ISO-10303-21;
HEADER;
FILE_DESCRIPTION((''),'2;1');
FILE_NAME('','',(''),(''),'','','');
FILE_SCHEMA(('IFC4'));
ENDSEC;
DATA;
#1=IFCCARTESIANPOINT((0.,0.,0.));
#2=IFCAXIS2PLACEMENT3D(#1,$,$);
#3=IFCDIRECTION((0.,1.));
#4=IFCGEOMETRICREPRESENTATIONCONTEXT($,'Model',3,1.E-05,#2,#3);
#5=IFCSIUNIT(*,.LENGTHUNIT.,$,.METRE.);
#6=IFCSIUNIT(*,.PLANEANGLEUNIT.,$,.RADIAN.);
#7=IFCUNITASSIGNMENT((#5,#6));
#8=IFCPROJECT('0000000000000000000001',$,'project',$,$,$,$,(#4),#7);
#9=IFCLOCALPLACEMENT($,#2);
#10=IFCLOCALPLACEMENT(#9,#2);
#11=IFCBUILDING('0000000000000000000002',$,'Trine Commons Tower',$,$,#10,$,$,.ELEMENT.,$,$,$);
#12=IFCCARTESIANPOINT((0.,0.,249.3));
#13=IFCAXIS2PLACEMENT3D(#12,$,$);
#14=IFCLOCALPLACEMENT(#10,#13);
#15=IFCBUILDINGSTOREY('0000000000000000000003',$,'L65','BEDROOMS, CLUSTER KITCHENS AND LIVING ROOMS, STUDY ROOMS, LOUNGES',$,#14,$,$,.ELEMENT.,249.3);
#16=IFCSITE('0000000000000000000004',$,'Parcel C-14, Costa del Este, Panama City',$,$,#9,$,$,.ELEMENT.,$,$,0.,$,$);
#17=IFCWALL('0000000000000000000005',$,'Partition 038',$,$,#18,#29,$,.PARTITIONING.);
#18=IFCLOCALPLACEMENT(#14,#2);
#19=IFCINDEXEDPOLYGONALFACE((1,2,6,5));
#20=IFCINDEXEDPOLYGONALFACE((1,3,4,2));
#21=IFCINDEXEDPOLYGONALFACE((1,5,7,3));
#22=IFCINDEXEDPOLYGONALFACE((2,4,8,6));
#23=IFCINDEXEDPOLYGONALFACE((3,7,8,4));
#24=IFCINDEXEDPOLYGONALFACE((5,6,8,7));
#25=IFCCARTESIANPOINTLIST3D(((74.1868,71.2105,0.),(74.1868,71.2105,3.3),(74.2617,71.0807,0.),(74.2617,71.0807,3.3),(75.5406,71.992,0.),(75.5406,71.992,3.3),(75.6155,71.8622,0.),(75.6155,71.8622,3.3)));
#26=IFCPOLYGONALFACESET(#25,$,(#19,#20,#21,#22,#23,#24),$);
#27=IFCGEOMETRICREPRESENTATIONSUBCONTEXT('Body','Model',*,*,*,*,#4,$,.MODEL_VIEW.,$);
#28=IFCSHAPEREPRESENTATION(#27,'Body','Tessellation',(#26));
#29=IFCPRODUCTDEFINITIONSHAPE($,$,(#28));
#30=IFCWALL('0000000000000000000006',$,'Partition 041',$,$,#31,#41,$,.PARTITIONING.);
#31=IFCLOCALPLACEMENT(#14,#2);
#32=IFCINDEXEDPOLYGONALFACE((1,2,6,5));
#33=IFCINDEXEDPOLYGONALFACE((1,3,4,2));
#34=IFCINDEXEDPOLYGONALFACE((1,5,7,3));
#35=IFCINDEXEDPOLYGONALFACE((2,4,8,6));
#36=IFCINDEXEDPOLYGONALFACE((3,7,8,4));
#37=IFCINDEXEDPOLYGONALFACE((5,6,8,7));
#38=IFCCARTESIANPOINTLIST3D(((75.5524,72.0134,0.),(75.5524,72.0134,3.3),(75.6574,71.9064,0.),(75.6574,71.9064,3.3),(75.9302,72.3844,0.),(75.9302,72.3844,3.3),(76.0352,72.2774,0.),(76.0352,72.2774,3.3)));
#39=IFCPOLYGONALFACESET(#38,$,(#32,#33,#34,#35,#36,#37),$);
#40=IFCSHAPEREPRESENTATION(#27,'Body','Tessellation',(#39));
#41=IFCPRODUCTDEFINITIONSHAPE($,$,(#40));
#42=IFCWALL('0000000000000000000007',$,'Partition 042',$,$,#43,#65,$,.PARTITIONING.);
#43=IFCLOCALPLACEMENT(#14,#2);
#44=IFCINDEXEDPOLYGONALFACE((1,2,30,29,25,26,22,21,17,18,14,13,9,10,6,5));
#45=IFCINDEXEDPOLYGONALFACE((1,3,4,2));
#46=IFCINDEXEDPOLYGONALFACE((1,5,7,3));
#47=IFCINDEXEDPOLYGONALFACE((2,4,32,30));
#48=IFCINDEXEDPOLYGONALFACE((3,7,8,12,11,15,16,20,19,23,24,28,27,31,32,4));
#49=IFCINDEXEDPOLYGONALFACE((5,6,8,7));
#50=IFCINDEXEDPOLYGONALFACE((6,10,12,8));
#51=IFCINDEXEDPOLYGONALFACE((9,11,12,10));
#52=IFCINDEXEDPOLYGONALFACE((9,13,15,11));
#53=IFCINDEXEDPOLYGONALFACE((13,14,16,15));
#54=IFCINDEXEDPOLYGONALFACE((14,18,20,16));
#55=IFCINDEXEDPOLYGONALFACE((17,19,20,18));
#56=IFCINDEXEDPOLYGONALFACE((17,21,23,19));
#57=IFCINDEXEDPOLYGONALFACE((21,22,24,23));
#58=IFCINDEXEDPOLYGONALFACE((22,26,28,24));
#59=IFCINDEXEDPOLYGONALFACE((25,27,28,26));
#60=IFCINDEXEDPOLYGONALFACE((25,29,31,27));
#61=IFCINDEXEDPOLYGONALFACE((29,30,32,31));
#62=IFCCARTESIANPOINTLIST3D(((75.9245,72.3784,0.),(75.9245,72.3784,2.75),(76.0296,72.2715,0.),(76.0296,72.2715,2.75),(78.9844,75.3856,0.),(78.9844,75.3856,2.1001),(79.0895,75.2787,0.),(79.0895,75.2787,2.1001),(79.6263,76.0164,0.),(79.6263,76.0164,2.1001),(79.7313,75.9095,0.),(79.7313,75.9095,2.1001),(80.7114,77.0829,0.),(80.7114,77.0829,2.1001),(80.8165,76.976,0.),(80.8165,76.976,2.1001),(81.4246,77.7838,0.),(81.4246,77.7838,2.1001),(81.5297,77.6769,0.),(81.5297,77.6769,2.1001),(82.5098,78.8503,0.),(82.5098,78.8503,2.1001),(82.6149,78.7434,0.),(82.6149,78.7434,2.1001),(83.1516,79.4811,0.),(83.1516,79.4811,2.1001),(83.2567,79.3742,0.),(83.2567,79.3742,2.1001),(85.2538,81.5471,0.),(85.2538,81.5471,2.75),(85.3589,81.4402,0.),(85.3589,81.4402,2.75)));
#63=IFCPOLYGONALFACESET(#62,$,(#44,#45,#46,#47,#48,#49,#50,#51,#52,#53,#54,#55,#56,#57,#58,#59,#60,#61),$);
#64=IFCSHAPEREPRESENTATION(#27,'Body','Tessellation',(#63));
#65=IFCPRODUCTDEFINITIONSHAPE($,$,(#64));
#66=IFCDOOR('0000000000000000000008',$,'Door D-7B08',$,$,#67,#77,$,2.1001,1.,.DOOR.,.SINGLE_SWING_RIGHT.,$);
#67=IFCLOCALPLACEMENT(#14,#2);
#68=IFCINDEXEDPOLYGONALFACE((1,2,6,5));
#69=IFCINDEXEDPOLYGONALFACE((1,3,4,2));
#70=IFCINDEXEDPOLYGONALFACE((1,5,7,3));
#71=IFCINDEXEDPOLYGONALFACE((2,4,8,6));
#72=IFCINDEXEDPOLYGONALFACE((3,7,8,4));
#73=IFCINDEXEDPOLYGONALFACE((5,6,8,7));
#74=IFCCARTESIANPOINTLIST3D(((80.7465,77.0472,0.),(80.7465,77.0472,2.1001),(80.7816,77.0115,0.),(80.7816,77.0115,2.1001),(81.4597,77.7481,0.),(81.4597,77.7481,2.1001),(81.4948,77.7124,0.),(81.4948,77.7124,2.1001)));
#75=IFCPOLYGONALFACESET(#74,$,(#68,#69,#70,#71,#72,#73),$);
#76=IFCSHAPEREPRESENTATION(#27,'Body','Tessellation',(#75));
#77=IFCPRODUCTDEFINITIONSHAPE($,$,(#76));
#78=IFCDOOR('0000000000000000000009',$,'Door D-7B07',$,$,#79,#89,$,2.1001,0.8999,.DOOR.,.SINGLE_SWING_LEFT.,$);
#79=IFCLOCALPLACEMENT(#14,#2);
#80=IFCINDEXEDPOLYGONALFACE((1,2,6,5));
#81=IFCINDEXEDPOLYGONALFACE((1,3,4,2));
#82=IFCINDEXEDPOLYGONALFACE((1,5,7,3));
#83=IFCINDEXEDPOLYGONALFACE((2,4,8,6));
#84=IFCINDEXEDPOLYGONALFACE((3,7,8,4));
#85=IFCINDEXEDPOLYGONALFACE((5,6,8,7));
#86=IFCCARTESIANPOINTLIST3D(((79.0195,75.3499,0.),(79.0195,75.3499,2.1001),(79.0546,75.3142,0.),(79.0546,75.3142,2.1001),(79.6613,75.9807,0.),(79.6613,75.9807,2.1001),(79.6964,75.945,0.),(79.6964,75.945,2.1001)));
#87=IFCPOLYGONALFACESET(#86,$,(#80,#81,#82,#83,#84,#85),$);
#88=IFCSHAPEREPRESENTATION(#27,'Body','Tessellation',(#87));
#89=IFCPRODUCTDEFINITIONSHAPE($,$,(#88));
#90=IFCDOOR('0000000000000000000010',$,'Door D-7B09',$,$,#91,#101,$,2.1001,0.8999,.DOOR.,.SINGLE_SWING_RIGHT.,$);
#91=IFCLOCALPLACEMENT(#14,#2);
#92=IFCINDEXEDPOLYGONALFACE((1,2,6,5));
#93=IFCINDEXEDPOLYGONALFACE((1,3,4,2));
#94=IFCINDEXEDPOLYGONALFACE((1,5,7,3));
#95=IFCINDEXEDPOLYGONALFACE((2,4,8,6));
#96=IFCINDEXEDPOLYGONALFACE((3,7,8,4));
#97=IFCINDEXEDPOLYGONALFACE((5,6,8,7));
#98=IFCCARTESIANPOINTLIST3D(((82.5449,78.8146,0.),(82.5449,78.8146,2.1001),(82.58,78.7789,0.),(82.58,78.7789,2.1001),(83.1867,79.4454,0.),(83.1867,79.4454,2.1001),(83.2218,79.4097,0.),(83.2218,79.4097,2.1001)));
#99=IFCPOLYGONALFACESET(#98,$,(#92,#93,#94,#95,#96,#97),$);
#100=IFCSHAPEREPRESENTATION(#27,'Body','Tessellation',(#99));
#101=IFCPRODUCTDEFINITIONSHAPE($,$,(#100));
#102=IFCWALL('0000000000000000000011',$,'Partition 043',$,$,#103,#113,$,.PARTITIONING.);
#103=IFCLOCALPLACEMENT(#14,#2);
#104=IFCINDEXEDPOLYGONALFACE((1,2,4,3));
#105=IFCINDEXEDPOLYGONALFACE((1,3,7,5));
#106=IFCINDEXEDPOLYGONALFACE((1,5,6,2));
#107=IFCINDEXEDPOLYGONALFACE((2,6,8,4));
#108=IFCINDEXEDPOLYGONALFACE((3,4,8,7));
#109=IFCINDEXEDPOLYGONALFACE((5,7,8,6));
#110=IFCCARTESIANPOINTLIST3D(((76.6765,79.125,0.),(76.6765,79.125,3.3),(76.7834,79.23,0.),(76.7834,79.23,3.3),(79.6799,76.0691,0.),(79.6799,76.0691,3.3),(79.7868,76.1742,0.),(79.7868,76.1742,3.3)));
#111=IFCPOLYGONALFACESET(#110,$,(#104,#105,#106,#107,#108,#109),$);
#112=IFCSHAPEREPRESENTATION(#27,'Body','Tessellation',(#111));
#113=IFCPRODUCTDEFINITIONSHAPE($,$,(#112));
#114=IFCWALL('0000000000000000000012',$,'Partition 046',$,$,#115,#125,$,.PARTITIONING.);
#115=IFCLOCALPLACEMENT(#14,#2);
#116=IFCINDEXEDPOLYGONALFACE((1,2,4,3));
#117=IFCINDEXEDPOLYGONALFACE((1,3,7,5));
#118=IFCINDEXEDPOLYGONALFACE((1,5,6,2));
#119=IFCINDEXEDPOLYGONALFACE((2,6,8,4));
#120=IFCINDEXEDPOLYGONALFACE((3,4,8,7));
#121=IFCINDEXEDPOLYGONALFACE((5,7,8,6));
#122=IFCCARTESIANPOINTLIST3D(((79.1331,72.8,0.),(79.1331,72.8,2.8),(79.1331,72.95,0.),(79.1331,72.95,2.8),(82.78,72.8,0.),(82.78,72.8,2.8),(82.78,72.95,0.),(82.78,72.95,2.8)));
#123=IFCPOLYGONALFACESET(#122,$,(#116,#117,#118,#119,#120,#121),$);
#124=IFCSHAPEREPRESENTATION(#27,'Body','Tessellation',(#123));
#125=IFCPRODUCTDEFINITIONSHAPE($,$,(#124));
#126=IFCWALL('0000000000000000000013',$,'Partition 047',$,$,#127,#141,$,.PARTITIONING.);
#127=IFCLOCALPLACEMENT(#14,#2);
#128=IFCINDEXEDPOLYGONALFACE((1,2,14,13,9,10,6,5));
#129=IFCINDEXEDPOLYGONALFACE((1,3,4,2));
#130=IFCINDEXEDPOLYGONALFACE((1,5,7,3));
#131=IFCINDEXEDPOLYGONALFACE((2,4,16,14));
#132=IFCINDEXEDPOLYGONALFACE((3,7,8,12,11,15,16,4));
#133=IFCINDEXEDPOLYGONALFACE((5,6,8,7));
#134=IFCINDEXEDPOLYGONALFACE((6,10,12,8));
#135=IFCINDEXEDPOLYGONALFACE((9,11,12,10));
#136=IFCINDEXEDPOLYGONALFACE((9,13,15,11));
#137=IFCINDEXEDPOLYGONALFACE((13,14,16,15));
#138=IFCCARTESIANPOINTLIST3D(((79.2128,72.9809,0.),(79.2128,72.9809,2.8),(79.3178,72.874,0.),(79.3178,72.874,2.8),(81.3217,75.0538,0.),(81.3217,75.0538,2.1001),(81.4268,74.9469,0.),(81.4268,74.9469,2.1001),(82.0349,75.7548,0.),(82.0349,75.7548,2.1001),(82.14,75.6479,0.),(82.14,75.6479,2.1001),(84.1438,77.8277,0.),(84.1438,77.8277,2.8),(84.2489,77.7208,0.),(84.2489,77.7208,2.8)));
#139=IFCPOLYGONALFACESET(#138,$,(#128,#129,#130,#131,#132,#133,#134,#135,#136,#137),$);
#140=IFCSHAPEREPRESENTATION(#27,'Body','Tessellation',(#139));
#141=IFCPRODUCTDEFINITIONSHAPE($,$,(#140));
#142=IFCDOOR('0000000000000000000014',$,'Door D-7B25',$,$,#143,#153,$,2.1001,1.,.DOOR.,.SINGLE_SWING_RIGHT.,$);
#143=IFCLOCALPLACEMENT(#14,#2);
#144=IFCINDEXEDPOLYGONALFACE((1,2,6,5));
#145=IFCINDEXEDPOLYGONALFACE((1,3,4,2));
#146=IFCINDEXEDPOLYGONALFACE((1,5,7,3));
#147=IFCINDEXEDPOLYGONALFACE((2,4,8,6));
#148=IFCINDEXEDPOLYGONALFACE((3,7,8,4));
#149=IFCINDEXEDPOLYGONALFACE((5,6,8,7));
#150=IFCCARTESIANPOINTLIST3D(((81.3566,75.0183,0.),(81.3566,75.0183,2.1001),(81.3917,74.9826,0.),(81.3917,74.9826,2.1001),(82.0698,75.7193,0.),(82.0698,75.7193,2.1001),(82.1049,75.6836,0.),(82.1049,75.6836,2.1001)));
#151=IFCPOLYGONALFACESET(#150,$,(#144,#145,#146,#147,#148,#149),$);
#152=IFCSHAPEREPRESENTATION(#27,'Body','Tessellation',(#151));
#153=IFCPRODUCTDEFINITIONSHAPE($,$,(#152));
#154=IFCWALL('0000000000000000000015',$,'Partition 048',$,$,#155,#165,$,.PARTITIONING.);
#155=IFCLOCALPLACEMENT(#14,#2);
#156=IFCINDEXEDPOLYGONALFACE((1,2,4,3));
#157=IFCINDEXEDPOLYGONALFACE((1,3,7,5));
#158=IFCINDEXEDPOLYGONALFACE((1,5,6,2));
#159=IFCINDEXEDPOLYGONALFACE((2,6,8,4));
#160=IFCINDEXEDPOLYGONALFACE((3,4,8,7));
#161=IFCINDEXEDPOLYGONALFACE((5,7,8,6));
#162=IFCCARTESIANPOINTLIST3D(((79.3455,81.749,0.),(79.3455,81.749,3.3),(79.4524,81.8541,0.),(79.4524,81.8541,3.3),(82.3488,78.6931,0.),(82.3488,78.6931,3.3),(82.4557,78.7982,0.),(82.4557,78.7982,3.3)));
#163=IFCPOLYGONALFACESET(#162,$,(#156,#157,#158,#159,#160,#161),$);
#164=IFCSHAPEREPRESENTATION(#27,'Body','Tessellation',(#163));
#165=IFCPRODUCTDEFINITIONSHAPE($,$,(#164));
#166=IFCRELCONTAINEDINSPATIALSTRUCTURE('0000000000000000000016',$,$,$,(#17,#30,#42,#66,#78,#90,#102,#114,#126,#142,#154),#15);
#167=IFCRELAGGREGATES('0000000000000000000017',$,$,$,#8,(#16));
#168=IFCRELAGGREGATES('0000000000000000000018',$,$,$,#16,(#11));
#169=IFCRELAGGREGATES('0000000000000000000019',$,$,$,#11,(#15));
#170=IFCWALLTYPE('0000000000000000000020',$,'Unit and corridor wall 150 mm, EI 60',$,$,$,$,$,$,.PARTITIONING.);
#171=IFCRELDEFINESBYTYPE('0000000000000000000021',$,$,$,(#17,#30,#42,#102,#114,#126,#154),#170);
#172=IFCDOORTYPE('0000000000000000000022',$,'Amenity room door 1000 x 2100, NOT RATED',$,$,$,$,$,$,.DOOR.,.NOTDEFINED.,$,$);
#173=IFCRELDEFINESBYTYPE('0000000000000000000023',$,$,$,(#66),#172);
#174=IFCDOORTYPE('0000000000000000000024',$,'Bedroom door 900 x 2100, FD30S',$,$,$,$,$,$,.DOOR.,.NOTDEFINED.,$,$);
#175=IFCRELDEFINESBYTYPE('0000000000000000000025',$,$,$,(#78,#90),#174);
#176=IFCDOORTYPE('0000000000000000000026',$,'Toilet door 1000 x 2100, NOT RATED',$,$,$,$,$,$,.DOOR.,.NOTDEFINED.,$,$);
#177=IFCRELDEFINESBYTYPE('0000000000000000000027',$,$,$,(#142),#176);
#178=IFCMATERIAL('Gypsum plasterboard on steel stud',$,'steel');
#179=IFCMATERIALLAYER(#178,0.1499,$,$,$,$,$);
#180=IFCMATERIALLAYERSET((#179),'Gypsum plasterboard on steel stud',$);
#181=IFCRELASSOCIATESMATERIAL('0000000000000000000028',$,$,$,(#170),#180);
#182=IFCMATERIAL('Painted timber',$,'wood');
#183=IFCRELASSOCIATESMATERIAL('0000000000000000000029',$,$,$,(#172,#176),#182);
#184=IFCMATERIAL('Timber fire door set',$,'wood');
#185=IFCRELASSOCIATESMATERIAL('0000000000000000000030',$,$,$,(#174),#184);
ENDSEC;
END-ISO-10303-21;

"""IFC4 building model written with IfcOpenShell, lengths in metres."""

from ifc_helpers import new_model, si_unit, direction, frame, frame_2d, origin, place, context, subcontext, project, spatial, rectangle, extrude, material, layer, layer_set, type_object, element, fill, save


model = new_model("IFC4")

# Units and contexts
model_context = context("Model", 3, precision=1e-05, world=origin(), true_north=direction((0.0, 1.0)))
body_context = subcontext(model_context, "Body", "Model", "MODEL_VIEW")
ifc_project = project(units=[si_unit("LENGTHUNIT", "METRE"), si_unit("PLANEANGLEUNIT", "RADIAN")], contexts=[model_context])

# Site, building, storey
site_placement = place(None, origin())
site = spatial("IfcSite", under=ifc_project, at=site_placement, Name="Parcel C-14, Costa del Este, Panama City", CompositionType="ELEMENT", RefElevation=0.0)
building_placement = place(site_placement, origin())
building = spatial("IfcBuilding", under=site, at=building_placement, Name="Trine Commons Tower", CompositionType="ELEMENT")
storey_placement = place(building_placement, frame((0.0, 0.0, 249.3)))
storey = spatial("IfcBuildingStorey", under=building, at=storey_placement, Name="L65", Description="BEDROOMS, CLUSTER KITCHENS AND LIVING ROOMS, STUDY ROOMS, LOUNGES", CompositionType="ELEMENT", Elevation=249.3)

# Walls
ifc_material_1 = material(Name="Gypsum plasterboard on steel stud", Category="steel")
ifc_layer_1 = layer(ifc_material_1, 0.1499)
ifc_layer_set_1 = layer_set([ifc_layer_1], Name="Gypsum plasterboard on steel stud")
wall_type_1 = type_object("IfcWallType", Name="Unit and corridor wall 150 mm, EI 60", PredefinedType="PARTITIONING", material=ifc_layer_set_1)
wall_1_placement = place(storey_placement, frame((74.2241, 71.1455, 0.0), z_axis=(0.0, 0.0, 1.0), x_axis=(0.866053, 0.499952, 0.0)))
element("IfcWall", 1, at=wall_1_placement, inside=storey, type_object=wall_type_1, Name="Partition 038", PredefinedType="PARTITIONING", context=body_context, shape_type="SweptSolid", body=[
    extrude(rectangle(XDim=1.5632, YDim=0.1499, at=frame_2d((0.7817, 0.0))), origin(), (0.0, 0.0, 1.0), 3.3),
])
wall_2_placement = place(storey_placement, frame((75.605, 71.96, 0.0), z_axis=(0.0, 0.0, 1.0), x_axis=(0.71353, 0.700624, 0.0)))
element("IfcWall", 2, at=wall_2_placement, inside=storey, type_object=wall_type_1, Name="Partition 041", PredefinedType="PARTITIONING", context=body_context, shape_type="SweptSolid", body=[
    extrude(rectangle(XDim=0.5295, YDim=0.1499, at=frame_2d((0.2646, 0.0))), origin(), (0.0, 0.0, 1.0), 3.3),
])

# Wall, openings, doors
wall_3_placement = place(storey_placement, frame((75.9771, 72.325, 0.0), z_axis=(0.0, 0.0, 1.0), x_axis=(0.713221, 0.70094, 0.0)))
wall_3 = element("IfcWall", 3, at=wall_3_placement, inside=storey, type_object=wall_type_1, Name="Partition 042", PredefinedType="PARTITIONING", context=body_context, shape_type="SweptSolid", body=[
    extrude(rectangle(XDim=13.0806, YDim=0.1499, at=frame_2d((6.5403, 0.0))), origin(), (0.0, 0.0, 1.0), 2.75),
])
opening_1_placement = place(wall_3_placement, frame((4.2903, 0.0, 0.0)))
opening_1 = element("IfcOpeningElement", 4, at=opening_1_placement, cuts=wall_3, PredefinedType="OPENING", context=body_context, shape_type="SweptSolid", body=[
    extrude(rectangle(XDim=0.8999, YDim=2.1001, at=frame_2d((0.45, 1.05))), frame((0.0, 0.085, 0.0), z_axis=(0.0, -1.0, 0.0), x_axis=(1.0, 0.0, 0.0)), (0.0, 0.0, 1.0), 0.1699),
])
opening_2_placement = place(wall_3_placement, frame((6.7117, 0.0, 0.0)))
opening_2 = element("IfcOpeningElement", 5, at=opening_2_placement, cuts=wall_3, PredefinedType="OPENING", context=body_context, shape_type="SweptSolid", body=[
    extrude(rectangle(XDim=1.0, YDim=2.1001, at=frame_2d((0.5, 1.05))), frame((0.0, 0.085, 0.0), z_axis=(0.0, -1.0, 0.0), x_axis=(1.0, 0.0, 0.0)), (0.0, 0.0, 1.0), 0.1699),
])
opening_3_placement = place(wall_3_placement, frame((9.2332, 0.0, 0.0)))
opening_3 = element("IfcOpeningElement", 6, at=opening_3_placement, cuts=wall_3, PredefinedType="OPENING", context=body_context, shape_type="SweptSolid", body=[
    extrude(rectangle(XDim=0.8999, YDim=2.1001, at=frame_2d((0.45, 1.05))), frame((0.0, 0.085, 0.0), z_axis=(0.0, -1.0, 0.0), x_axis=(1.0, 0.0, 0.0)), (0.0, 0.0, 1.0), 0.1699),
])
ifc_material_2 = material(Name="Painted timber", Category="wood")
door_type_1 = type_object("IfcDoorType", Name="Amenity room door 1000 x 2100, NOT RATED", OperationType="NOTDEFINED", PredefinedType="DOOR", material=ifc_material_2)
door_1_placement = place(opening_2_placement, origin())
door_1 = element("IfcDoor", 7, at=door_1_placement, inside=storey, type_object=door_type_1, Name="Door D-7B08", OperationType="SINGLE_SWING_RIGHT", OverallHeight=2.1001, OverallWidth=1.0, PredefinedType="DOOR", context=body_context, shape_type="SweptSolid", body=[
    extrude(rectangle(XDim=1.0, YDim=2.1001, at=frame_2d((0.5, 1.05))), frame((0.0, 0.0249, 0.0), z_axis=(0.0, -1.0, 0.0), x_axis=(1.0, 0.0, 0.0)), (0.0, 0.0, 1.0), 0.05),
])
fill(opening_2, door_1)
ifc_material_3 = material(Name="Timber fire door set", Category="wood")
door_type_2 = type_object("IfcDoorType", Name="Bedroom door 900 x 2100, FD30S", OperationType="NOTDEFINED", PredefinedType="DOOR", material=ifc_material_3)
door_2_placement = place(opening_1_placement, origin())
door_2 = element("IfcDoor", 8, at=door_2_placement, inside=storey, type_object=door_type_2, Name="Door D-7B07", OperationType="SINGLE_SWING_LEFT", OverallHeight=2.1001, OverallWidth=0.8999, PredefinedType="DOOR", context=body_context, shape_type="SweptSolid", body=[
    extrude(rectangle(XDim=0.8999, YDim=2.1001, at=frame_2d((0.45, 1.05))), frame((0.0, 0.0249, 0.0), z_axis=(0.0, -1.0, 0.0), x_axis=(1.0, 0.0, 0.0)), (0.0, 0.0, 1.0), 0.05),
])
fill(opening_1, door_2)
door_3_placement = place(opening_3_placement, origin())
door_3 = element("IfcDoor", 9, at=door_3_placement, inside=storey, type_object=door_type_2, Name="Door D-7B09", OperationType="SINGLE_SWING_RIGHT", OverallHeight=2.1001, OverallWidth=0.8999, PredefinedType="DOOR", context=body_context, shape_type="SweptSolid", body=[
    extrude(rectangle(XDim=0.8999, YDim=2.1001, at=frame_2d((0.45, 1.05))), frame((0.0, 0.0249, 0.0), z_axis=(0.0, -1.0, 0.0), x_axis=(1.0, 0.0, 0.0)), (0.0, 0.0, 1.0), 0.05),
])
fill(opening_3, door_3)

# Walls
wall_4_placement = place(storey_placement, frame((76.73, 79.1775, 0.0), z_axis=(0.0, 0.0, 1.0), x_axis=(0.700955, -0.713205, 0.0)))
element("IfcWall", 10, at=wall_4_placement, inside=storey, type_object=wall_type_1, Name="Partition 043", PredefinedType="PARTITIONING", context=body_context, shape_type="SweptSolid", body=[
    extrude(rectangle(XDim=4.2847, YDim=0.1499, at=frame_2d((2.1423, 0.0))), origin(), (0.0, 0.0, 1.0), 3.3),
])
wall_5_placement = place(storey_placement, frame((79.1331, 72.875, 0.0), z_axis=(0.0, 0.0, 1.0), x_axis=(1.0, 0.0, 0.0)))
element("IfcWall", 11, at=wall_5_placement, inside=storey, type_object=wall_type_1, Name="Partition 046", PredefinedType="PARTITIONING", context=body_context, shape_type="SweptSolid", body=[
    extrude(rectangle(XDim=3.647, YDim=0.1499, at=frame_2d((1.8235, 0.0))), origin(), (0.0, 0.0, 1.0), 2.8),
])

# Wall, opening, door
wall_6_placement = place(storey_placement, frame((79.2654, 72.9275, 0.0), z_axis=(0.0, 0.0, 1.0), x_axis=(0.713171, 0.70099, 0.0)))
wall_6 = element("IfcWall", 12, at=wall_6_placement, inside=storey, type_object=wall_type_1, Name="Partition 047", PredefinedType="PARTITIONING", context=body_context, shape_type="SweptSolid", body=[
    extrude(rectangle(XDim=6.9143, YDim=0.1499, at=frame_2d((3.457, 0.0))), origin(), (0.0, 0.0, 1.0), 2.8),
])
opening_4_placement = place(wall_6_placement, frame((2.957, 0.0, 0.0)))
opening_4 = element("IfcOpeningElement", 13, at=opening_4_placement, cuts=wall_6, PredefinedType="OPENING", context=body_context, shape_type="SweptSolid", body=[
    extrude(rectangle(XDim=1.0, YDim=2.1001, at=frame_2d((0.5, 1.05))), frame((0.0, 0.085, 0.0), z_axis=(0.0, -1.0, 0.0), x_axis=(1.0, 0.0, 0.0)), (0.0, 0.0, 1.0), 0.1699),
])
door_type_3 = type_object("IfcDoorType", Name="Toilet door 1000 x 2100, NOT RATED", OperationType="NOTDEFINED", PredefinedType="DOOR", material=ifc_material_2)
door_4_placement = place(opening_4_placement, frame((1.0, 0.0, 0.0), z_axis=(0.0, 0.0, 1.0), x_axis=(-1.0, 0.0, 0.0)))
door_4 = element("IfcDoor", 14, at=door_4_placement, inside=storey, type_object=door_type_3, Name="Door D-7B25", OperationType="SINGLE_SWING_RIGHT", OverallHeight=2.1001, OverallWidth=1.0, PredefinedType="DOOR", context=body_context, shape_type="SweptSolid", body=[
    extrude(rectangle(XDim=1.0, YDim=2.1001, at=frame_2d((0.5, 1.05))), frame((0.0, 0.0249, 0.0), z_axis=(0.0, -1.0, 0.0), x_axis=(1.0, 0.0, 0.0)), (0.0, 0.0, 1.0), 0.05),
])
fill(opening_4, door_4)

# Wall
wall_7_placement = place(storey_placement, frame((79.3989, 81.8015, 0.0), z_axis=(0.0, 0.0, 1.0), x_axis=(0.700955, -0.713205, 0.0)))
element("IfcWall", 15, at=wall_7_placement, inside=storey, type_object=wall_type_1, Name="Partition 048", PredefinedType="PARTITIONING", context=body_context, shape_type="SweptSolid", body=[
    extrude(rectangle(XDim=4.2847, YDim=0.1499, at=frame_2d((2.1423, 0.0))), origin(), (0.0, 0.0, 1.0), 3.3),
])

save(model, "model.ifc")
